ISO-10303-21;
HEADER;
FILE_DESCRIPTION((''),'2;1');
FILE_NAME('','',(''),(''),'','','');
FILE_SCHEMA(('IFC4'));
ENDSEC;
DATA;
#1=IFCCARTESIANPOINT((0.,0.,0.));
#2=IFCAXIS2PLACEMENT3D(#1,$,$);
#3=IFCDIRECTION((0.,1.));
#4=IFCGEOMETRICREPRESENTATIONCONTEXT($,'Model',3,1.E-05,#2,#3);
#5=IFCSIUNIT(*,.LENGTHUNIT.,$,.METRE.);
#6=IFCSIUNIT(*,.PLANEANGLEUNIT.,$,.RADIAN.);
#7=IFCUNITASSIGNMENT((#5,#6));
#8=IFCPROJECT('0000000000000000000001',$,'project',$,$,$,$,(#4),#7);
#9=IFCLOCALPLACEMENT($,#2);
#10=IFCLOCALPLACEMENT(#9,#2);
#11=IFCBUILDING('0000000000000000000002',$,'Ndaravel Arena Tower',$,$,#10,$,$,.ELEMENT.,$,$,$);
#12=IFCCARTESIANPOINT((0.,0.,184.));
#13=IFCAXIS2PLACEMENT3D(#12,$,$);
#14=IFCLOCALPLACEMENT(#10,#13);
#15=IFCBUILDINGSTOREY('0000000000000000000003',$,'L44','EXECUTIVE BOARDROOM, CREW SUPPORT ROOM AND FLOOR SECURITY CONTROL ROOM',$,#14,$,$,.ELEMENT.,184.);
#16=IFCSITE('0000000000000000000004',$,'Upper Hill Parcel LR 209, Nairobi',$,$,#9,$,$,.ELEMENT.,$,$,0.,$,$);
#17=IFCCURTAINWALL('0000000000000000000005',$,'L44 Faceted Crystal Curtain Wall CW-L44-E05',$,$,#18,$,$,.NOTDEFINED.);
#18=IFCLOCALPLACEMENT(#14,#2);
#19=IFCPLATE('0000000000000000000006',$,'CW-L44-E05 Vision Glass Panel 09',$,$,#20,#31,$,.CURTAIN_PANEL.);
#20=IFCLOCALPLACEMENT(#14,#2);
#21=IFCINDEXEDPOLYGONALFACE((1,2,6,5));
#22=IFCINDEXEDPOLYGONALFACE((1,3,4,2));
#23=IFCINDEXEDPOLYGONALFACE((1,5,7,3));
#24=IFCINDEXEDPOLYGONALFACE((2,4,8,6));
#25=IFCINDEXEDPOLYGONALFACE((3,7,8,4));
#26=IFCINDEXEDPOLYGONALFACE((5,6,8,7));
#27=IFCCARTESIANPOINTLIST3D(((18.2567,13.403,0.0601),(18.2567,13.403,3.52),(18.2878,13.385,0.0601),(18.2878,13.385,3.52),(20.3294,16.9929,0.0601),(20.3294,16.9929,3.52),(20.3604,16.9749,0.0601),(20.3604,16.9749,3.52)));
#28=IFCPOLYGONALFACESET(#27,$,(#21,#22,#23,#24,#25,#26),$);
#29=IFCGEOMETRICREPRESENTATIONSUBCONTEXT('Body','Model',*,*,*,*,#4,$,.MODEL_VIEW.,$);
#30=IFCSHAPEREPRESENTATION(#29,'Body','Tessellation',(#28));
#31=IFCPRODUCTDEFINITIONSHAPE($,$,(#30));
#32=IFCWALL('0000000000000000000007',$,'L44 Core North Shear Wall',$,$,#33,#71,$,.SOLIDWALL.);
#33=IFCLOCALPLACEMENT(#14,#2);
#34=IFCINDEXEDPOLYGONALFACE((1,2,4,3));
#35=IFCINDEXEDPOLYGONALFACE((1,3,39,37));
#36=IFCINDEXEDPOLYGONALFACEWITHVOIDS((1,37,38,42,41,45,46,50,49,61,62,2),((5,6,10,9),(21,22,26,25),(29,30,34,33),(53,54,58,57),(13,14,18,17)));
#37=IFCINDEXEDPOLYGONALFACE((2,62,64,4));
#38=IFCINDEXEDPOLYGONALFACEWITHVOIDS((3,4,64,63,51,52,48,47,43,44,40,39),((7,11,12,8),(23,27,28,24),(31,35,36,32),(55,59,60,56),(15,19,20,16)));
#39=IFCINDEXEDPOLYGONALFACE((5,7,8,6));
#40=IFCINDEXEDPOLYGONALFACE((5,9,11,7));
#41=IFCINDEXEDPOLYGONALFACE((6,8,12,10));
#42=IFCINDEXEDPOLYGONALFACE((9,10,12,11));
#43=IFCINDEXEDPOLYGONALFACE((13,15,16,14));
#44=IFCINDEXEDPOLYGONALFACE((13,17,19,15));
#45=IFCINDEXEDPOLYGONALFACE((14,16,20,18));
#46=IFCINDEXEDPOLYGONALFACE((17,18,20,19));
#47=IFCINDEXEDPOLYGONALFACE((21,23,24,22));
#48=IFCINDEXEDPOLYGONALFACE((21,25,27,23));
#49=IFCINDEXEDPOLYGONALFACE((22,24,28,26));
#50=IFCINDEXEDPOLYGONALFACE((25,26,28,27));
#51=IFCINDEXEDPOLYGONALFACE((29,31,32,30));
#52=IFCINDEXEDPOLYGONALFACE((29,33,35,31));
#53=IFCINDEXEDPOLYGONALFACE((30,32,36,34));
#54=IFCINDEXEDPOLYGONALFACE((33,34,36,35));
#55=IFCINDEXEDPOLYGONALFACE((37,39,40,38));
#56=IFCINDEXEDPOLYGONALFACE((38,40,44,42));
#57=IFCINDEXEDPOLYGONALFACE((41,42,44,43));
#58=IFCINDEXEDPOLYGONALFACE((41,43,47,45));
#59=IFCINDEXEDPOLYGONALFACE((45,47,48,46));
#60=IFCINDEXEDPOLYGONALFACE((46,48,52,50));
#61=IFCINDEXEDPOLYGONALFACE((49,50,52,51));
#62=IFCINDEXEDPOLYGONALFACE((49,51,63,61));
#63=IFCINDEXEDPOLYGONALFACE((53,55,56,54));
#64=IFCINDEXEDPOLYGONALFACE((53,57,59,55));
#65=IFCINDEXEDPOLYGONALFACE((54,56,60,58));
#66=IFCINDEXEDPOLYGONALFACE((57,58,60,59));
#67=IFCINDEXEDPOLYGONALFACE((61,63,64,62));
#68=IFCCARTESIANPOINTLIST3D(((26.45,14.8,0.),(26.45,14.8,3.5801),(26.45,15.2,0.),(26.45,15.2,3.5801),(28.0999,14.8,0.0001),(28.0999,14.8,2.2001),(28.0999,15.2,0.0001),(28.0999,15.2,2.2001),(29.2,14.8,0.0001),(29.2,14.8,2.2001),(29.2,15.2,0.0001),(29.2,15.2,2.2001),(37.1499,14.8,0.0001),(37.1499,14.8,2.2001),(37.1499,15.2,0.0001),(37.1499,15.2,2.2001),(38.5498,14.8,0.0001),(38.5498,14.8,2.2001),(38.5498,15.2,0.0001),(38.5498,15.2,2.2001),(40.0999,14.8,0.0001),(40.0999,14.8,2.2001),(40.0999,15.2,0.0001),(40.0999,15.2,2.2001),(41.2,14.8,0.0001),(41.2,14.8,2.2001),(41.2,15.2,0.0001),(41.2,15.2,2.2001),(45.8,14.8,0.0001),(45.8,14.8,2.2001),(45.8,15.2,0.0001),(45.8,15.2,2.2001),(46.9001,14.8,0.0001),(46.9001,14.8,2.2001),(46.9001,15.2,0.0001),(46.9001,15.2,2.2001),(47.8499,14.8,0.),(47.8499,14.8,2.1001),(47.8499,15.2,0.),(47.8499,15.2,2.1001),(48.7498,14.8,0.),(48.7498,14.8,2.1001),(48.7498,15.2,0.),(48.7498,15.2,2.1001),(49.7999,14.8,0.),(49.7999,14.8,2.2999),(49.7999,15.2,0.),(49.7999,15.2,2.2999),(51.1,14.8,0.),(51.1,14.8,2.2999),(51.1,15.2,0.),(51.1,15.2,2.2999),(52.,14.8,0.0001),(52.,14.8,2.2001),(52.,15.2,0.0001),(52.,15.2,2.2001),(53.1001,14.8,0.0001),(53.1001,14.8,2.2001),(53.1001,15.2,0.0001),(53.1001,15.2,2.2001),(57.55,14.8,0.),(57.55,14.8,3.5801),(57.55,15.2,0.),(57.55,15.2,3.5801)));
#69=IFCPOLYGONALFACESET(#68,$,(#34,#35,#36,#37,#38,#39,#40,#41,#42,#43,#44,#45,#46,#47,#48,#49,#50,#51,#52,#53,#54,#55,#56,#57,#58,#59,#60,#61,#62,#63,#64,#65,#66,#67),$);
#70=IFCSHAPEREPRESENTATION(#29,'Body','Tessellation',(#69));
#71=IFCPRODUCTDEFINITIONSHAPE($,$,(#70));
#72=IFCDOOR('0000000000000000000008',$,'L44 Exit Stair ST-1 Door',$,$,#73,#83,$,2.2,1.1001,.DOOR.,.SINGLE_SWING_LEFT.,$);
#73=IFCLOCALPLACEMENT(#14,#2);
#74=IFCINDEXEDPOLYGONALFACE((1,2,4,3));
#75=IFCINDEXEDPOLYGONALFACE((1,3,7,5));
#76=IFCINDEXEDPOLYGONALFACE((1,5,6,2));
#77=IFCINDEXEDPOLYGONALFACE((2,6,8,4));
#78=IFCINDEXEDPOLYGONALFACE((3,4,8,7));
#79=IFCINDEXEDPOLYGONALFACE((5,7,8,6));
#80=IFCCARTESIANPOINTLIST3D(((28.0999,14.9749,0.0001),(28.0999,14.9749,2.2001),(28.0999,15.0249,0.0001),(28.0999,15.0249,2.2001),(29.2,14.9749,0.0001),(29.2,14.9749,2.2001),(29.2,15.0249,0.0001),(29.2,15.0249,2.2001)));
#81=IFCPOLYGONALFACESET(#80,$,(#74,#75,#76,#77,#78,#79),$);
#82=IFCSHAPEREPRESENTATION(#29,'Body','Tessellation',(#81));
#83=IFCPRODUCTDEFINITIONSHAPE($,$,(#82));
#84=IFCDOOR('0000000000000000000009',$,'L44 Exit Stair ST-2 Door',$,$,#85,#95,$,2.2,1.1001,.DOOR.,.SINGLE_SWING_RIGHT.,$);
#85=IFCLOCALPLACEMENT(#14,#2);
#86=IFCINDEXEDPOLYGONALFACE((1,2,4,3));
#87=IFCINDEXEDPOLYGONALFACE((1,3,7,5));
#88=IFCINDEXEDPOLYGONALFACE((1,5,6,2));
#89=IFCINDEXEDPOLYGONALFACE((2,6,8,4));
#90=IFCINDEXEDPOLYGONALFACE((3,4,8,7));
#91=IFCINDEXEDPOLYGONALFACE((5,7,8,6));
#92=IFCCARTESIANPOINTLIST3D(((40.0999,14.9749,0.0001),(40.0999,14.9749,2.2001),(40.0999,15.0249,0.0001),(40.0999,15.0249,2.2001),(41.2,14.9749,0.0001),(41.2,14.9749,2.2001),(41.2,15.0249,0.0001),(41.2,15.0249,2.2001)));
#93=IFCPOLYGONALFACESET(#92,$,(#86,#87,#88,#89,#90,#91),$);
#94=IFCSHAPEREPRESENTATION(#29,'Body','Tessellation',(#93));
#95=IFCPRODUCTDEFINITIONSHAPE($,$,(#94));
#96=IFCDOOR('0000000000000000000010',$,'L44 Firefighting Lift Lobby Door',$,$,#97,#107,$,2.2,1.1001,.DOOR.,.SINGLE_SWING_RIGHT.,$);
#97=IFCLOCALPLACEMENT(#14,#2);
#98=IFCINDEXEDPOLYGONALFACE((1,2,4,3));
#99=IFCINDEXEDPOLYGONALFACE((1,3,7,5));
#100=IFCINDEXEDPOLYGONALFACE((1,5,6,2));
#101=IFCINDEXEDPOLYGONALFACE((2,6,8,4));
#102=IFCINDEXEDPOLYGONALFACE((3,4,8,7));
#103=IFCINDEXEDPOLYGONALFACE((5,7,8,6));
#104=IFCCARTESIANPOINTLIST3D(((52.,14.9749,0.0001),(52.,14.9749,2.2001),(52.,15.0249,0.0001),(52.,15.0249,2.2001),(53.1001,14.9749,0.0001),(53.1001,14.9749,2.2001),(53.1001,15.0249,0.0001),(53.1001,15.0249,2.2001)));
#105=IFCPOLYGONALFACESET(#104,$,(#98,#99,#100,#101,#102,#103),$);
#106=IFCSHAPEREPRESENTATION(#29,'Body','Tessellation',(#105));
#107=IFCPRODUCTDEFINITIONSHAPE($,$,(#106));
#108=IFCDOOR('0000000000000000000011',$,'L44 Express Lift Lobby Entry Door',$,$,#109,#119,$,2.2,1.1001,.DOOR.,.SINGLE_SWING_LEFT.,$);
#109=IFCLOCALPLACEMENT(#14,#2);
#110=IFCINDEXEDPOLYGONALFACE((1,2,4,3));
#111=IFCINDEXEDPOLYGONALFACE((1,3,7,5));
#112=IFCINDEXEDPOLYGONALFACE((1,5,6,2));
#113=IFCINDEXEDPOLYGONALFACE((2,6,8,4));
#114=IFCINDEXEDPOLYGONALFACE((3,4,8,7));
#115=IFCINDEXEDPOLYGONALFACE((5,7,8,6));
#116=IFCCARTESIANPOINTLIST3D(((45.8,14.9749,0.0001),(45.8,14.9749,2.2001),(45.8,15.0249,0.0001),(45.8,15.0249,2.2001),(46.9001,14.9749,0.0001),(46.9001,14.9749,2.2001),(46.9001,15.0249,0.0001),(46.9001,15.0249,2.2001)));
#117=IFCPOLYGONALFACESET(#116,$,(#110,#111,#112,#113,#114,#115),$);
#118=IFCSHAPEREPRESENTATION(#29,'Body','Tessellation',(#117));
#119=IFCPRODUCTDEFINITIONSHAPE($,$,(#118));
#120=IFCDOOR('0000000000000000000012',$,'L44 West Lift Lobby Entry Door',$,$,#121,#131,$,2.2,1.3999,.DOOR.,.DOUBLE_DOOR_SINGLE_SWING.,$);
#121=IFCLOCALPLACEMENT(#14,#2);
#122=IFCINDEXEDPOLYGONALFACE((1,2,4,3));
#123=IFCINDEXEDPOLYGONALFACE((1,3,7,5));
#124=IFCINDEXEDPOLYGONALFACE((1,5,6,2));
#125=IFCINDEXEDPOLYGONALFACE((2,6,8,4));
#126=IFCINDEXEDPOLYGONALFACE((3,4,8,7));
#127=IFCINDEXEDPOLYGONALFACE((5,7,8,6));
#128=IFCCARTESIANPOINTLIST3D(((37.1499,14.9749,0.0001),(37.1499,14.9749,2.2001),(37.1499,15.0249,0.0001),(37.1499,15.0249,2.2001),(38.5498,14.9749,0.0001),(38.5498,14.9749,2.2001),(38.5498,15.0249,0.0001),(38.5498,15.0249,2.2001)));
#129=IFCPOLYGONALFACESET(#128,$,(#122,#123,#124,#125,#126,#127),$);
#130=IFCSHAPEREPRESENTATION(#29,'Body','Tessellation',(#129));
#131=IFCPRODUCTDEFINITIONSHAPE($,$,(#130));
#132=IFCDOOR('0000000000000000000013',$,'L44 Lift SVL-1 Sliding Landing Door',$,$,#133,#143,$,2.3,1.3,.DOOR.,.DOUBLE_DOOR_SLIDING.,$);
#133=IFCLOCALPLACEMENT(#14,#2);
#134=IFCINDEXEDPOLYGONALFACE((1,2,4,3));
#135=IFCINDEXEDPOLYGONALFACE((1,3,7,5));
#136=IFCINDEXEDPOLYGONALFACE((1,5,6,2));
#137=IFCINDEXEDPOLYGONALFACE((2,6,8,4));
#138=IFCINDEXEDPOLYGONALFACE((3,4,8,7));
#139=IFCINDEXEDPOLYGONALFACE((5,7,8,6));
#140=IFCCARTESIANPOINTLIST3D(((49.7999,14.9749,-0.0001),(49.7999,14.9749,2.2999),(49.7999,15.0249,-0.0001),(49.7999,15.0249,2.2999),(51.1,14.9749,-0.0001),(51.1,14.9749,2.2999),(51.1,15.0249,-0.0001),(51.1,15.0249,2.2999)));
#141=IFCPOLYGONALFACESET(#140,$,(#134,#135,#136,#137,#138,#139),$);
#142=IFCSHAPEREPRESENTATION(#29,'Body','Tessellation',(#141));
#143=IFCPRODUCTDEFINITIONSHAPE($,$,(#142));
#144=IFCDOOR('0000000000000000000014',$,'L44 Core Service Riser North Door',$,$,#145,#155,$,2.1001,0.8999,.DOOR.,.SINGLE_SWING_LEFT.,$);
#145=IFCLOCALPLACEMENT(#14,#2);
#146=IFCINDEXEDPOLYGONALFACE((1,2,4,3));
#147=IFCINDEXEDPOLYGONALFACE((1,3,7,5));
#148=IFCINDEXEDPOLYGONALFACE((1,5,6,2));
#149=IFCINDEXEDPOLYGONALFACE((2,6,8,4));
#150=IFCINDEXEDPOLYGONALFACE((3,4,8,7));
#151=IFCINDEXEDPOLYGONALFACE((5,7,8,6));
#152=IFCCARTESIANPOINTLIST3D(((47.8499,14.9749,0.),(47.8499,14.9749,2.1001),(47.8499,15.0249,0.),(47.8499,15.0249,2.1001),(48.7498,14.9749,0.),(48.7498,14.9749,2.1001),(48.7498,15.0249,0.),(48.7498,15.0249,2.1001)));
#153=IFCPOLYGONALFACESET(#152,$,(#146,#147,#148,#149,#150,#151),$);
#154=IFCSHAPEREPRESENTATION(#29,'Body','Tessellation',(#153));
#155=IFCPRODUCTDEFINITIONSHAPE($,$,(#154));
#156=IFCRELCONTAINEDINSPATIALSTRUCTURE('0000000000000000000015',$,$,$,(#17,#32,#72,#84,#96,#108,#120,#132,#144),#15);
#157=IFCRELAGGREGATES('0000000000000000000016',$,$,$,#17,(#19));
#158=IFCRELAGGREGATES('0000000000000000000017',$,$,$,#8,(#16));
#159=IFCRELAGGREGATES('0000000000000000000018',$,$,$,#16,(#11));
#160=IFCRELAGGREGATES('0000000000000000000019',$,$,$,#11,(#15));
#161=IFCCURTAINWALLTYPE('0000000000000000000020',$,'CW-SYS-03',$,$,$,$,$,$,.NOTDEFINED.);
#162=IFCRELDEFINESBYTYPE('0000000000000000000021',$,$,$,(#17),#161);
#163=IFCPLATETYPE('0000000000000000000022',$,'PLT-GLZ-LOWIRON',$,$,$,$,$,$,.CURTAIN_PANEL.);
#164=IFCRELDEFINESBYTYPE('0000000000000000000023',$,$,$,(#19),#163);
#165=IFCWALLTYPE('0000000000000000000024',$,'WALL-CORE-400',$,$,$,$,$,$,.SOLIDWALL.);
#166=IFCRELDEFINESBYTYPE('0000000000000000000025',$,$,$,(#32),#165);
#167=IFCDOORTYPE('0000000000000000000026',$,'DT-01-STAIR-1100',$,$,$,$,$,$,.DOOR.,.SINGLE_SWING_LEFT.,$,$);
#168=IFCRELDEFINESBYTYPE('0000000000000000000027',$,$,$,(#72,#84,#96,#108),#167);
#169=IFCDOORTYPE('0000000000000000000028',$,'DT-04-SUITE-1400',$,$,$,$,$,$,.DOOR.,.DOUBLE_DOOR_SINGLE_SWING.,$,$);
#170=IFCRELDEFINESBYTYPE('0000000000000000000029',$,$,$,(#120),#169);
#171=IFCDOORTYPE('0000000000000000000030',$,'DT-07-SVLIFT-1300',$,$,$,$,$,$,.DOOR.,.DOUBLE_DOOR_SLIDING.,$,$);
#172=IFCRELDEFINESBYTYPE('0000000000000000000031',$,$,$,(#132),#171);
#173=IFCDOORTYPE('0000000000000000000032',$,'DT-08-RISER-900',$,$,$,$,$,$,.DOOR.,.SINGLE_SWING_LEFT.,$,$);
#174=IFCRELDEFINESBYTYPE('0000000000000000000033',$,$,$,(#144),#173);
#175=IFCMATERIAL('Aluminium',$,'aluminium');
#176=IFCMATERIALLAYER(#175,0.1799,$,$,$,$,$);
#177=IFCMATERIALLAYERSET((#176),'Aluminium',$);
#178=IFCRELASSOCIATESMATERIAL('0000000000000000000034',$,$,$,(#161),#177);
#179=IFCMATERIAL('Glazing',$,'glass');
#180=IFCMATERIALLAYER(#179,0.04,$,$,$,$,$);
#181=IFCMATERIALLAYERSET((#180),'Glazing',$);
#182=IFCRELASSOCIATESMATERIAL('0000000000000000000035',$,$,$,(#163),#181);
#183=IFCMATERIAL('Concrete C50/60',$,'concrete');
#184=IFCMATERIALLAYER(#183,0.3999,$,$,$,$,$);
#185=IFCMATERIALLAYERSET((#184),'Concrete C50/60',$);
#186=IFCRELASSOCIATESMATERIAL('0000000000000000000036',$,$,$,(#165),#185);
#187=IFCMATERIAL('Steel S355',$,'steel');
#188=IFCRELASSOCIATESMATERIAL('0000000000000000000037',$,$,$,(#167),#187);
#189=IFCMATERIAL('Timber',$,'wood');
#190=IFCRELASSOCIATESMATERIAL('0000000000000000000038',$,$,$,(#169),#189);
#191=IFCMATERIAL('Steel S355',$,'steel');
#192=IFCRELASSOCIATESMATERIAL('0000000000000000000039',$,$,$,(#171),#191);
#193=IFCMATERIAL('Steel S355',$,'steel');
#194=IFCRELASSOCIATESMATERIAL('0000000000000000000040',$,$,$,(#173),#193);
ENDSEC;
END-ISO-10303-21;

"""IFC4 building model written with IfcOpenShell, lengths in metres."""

from ifc_helpers import new_model, si_unit, direction, frame, frame_2d, origin, origin_2d, place, context, subcontext, project, spatial, rectangle, extrude, material, layer, layer_set, type_object, element, fill, aggregate, save


model = new_model("IFC4")

# Units and contexts
model_context = context("Model", 3, precision=1e-05, world=origin(), true_north=direction((0.0, 1.0)))
body_context = subcontext(model_context, "Body", "Model", "MODEL_VIEW")
ifc_project = project(units=[si_unit("LENGTHUNIT", "METRE"), si_unit("PLANEANGLEUNIT", "RADIAN")], contexts=[model_context])

# Site, building, storey
site_placement = place(None, origin())
site = spatial("IfcSite", under=ifc_project, at=site_placement, Name="Upper Hill Parcel LR 209, Nairobi", CompositionType="ELEMENT", RefElevation=0.0)
building_placement = place(site_placement, origin())
building = spatial("IfcBuilding", under=site, at=building_placement, Name="Ndaravel Arena Tower", CompositionType="ELEMENT")
storey_placement = place(building_placement, frame((0.0, 0.0, 184.0)))
storey = spatial("IfcBuildingStorey", under=building, at=storey_placement, Name="L44", Description="EXECUTIVE BOARDROOM, CREW SUPPORT ROOM AND FLOOR SECURITY CONTROL ROOM", CompositionType="ELEMENT", Elevation=184.0)

# Curtain wall, plate
ifc_material_1 = material(Name="Aluminium", Category="aluminium")
ifc_layer_1 = layer(ifc_material_1, 0.1799)
ifc_layer_set_1 = layer_set([ifc_layer_1], Name="Aluminium")
curtain_wall_type = type_object("IfcCurtainWallType", Name="CW-SYS-03", PredefinedType="NOTDEFINED", material=ifc_layer_set_1)
curtain_wall_placement = place(storey_placement, origin())
curtain_wall = element("IfcCurtainWall", 1, at=curtain_wall_placement, inside=storey, type_object=curtain_wall_type, Name="L44 Faceted Crystal Curtain Wall CW-L44-E05", PredefinedType="NOTDEFINED")
ifc_material_2 = material(Name="Glazing", Category="glass")
ifc_layer_2 = layer(ifc_material_2, 0.04)
ifc_layer_set_2 = layer_set([ifc_layer_2], Name="Glazing")
plate_type = type_object("IfcPlateType", Name="PLT-GLZ-LOWIRON", PredefinedType="CURTAIN_PANEL", material=ifc_layer_set_2)
plate_1_placement = place(storey_placement, frame((19.3086, 15.189, 0.0601), z_axis=(0.0, 0.0, 1.0), x_axis=(-0.5, -0.866025, 0.0)))
plate_1 = element("IfcPlate", 2, at=plate_1_placement, type_object=plate_type, Name="CW-L44-E05 Vision Glass Panel 09", PredefinedType="CURTAIN_PANEL", context=body_context, shape_type="SweptSolid", body=[
    extrude(rectangle(XDim=4.1453, YDim=0.0359, at=origin_2d()), origin(), (0.0, 0.0, 1.0), 3.46),
])
aggregate(curtain_wall, [plate_1])

# Wall, openings, doors
ifc_material_3 = material(Name="Concrete C50/60", Category="concrete")
ifc_layer_3 = layer(ifc_material_3, 0.3999)
ifc_layer_set_3 = layer_set([ifc_layer_3], Name="Concrete C50/60")
wall_type_1 = type_object("IfcWallType", Name="WALL-CORE-400", PredefinedType="SOLIDWALL", material=ifc_layer_set_3)
wall_1_placement = place(storey_placement, frame((26.45, 15.0, 0.0), z_axis=(0.0, 0.0, 1.0), x_axis=(1.0, 0.0, 0.0)))
wall_1 = element("IfcWall", 3, at=wall_1_placement, inside=storey, type_object=wall_type_1, Name="L44 Core North Shear Wall", PredefinedType="SOLIDWALL", context=body_context, shape_type="SweptSolid", body=[
    extrude(rectangle(XDim=31.1001, YDim=0.3999, at=frame_2d((15.55, 0.0))), origin(), (0.0, 0.0, 1.0), 3.5801),
])
opening_1_placement = place(wall_1_placement, frame((1.6499, 0.0, 0.0)))
opening_1 = element("IfcOpeningElement", 4, at=opening_1_placement, cuts=wall_1, PredefinedType="OPENING", context=body_context, shape_type="SweptSolid", body=[
    extrude(rectangle(XDim=1.1001, YDim=2.2, at=frame_2d((0.55, 1.1001))), frame((0.0, 0.2, 0.0), z_axis=(0.0, -1.0, 0.0), x_axis=(1.0, 0.0, 0.0)), (0.0, 0.0, 1.0), 0.3999),
])
opening_2_placement = place(wall_1_placement, frame((13.6499, 0.0, 0.0)))
opening_2 = element("IfcOpeningElement", 5, at=opening_2_placement, cuts=wall_1, PredefinedType="OPENING", context=body_context, shape_type="SweptSolid", body=[
    extrude(rectangle(XDim=1.1001, YDim=2.2, at=frame_2d((0.55, 1.1001))), frame((0.0, 0.2, 0.0), z_axis=(0.0, -1.0, 0.0), x_axis=(1.0, 0.0, 0.0)), (0.0, 0.0, 1.0), 0.3999),
])
opening_3_placement = place(wall_1_placement, frame((25.55, 0.0, 0.0)))
opening_3 = element("IfcOpeningElement", 6, at=opening_3_placement, cuts=wall_1, PredefinedType="OPENING", context=body_context, shape_type="SweptSolid", body=[
    extrude(rectangle(XDim=1.1001, YDim=2.2, at=frame_2d((0.55, 1.1001))), frame((0.0, 0.2, 0.0), z_axis=(0.0, -1.0, 0.0), x_axis=(1.0, 0.0, 0.0)), (0.0, 0.0, 1.0), 0.3999),
])
opening_4_placement = place(wall_1_placement, frame((10.7, 0.0, 0.0)))
opening_4 = element("IfcOpeningElement", 7, at=opening_4_placement, cuts=wall_1, PredefinedType="OPENING", context=body_context, shape_type="SweptSolid", body=[
    extrude(rectangle(XDim=1.3999, YDim=2.2, at=frame_2d((0.7, 1.1001))), frame((0.0, 0.2, 0.0), z_axis=(0.0, -1.0, 0.0), x_axis=(1.0, 0.0, 0.0)), (0.0, 0.0, 1.0), 0.3999),
])
opening_5_placement = place(wall_1_placement, frame((19.3501, 0.0, 0.0)))
opening_5 = element("IfcOpeningElement", 8, at=opening_5_placement, cuts=wall_1, PredefinedType="OPENING", context=body_context, shape_type="SweptSolid", body=[
    extrude(rectangle(XDim=1.1001, YDim=2.2, at=frame_2d((0.55, 1.1001))), frame((0.0, 0.2, 0.0), z_axis=(0.0, -1.0, 0.0), x_axis=(1.0, 0.0, 0.0)), (0.0, 0.0, 1.0), 0.3999),
])
opening_6_placement = place(wall_1_placement, frame((21.3999, 0.0, 0.0)))
opening_6 = element("IfcOpeningElement", 9, at=opening_6_placement, cuts=wall_1, PredefinedType="OPENING", context=body_context, shape_type="SweptSolid", body=[
    extrude(rectangle(XDim=0.8999, YDim=2.1001, at=frame_2d((0.45, 1.05))), frame((0.0, 0.2, 0.0), z_axis=(0.0, -1.0, 0.0), x_axis=(1.0, 0.0, 0.0)), (0.0, 0.0, 1.0), 0.3999),
])
opening_7_placement = place(wall_1_placement, frame((23.3501, 0.0, 0.0)))
opening_7 = element("IfcOpeningElement", 10, at=opening_7_placement, cuts=wall_1, PredefinedType="OPENING", context=body_context, shape_type="SweptSolid", body=[
    extrude(rectangle(XDim=1.3, YDim=2.3, at=frame_2d((0.6499, 1.1499))), frame((0.0, 0.2, 0.0), z_axis=(0.0, -1.0, 0.0), x_axis=(1.0, 0.0, 0.0)), (0.0, 0.0, 1.0), 0.3999),
])
ifc_material_4 = material(Name="Steel S355", Category="steel")
door_type_1 = type_object("IfcDoorType", Name="DT-01-STAIR-1100", OperationType="SINGLE_SWING_LEFT", PredefinedType="DOOR", material=ifc_material_4)
door_1_placement = place(opening_1_placement, origin())
door_1 = element("IfcDoor", 11, at=door_1_placement, inside=storey, type_object=door_type_1, Name="L44 Exit Stair ST-1 Door", OperationType="SINGLE_SWING_LEFT", OverallHeight=2.2, OverallWidth=1.1001, PredefinedType="DOOR", context=body_context, shape_type="SweptSolid", body=[
    extrude(rectangle(XDim=1.1001, YDim=2.2, at=frame_2d((0.55, 1.1001))), frame((0.0, 0.0249, 0.0), z_axis=(0.0, -1.0, 0.0), x_axis=(1.0, 0.0, 0.0)), (0.0, 0.0, 1.0), 0.05),
])
fill(opening_1, door_1)
door_2_placement = place(opening_2_placement, origin())
door_2 = element("IfcDoor", 12, at=door_2_placement, inside=storey, type_object=door_type_1, Name="L44 Exit Stair ST-2 Door", OperationType="SINGLE_SWING_RIGHT", OverallHeight=2.2, OverallWidth=1.1001, PredefinedType="DOOR", context=body_context, shape_type="SweptSolid", body=[
    extrude(rectangle(XDim=1.1001, YDim=2.2, at=frame_2d((0.55, 1.1001))), frame((0.0, 0.0249, 0.0), z_axis=(0.0, -1.0, 0.0), x_axis=(1.0, 0.0, 0.0)), (0.0, 0.0, 1.0), 0.05),
])
fill(opening_2, door_2)
door_3_placement = place(opening_3_placement, origin())
door_3 = element("IfcDoor", 13, at=door_3_placement, inside=storey, type_object=door_type_1, Name="L44 Firefighting Lift Lobby Door", OperationType="SINGLE_SWING_RIGHT", OverallHeight=2.2, OverallWidth=1.1001, PredefinedType="DOOR", context=body_context, shape_type="SweptSolid", body=[
    extrude(rectangle(XDim=1.1001, YDim=2.2, at=frame_2d((0.55, 1.1001))), frame((0.0, 0.0249, 0.0), z_axis=(0.0, -1.0, 0.0), x_axis=(1.0, 0.0, 0.0)), (0.0, 0.0, 1.0), 0.05),
])
fill(opening_3, door_3)
door_4_placement = place(opening_5_placement, origin())
door_4 = element("IfcDoor", 14, at=door_4_placement, inside=storey, type_object=door_type_1, Name="L44 Express Lift Lobby Entry Door", OperationType="SINGLE_SWING_LEFT", OverallHeight=2.2, OverallWidth=1.1001, PredefinedType="DOOR", context=body_context, shape_type="SweptSolid", body=[
    extrude(rectangle(XDim=1.1001, YDim=2.2, at=frame_2d((0.55, 1.1001))), frame((0.0, 0.0249, 0.0), z_axis=(0.0, -1.0, 0.0), x_axis=(1.0, 0.0, 0.0)), (0.0, 0.0, 1.0), 0.05),
])
fill(opening_5, door_4)
ifc_material_5 = material(Name="Timber", Category="wood")
door_type_2 = type_object("IfcDoorType", Name="DT-04-SUITE-1400", OperationType="DOUBLE_DOOR_SINGLE_SWING", PredefinedType="DOOR", material=ifc_material_5)
door_5_placement = place(opening_4_placement, origin())
door_5 = element("IfcDoor", 15, at=door_5_placement, inside=storey, type_object=door_type_2, Name="L44 West Lift Lobby Entry Door", OperationType="DOUBLE_DOOR_SINGLE_SWING", OverallHeight=2.2, OverallWidth=1.3999, PredefinedType="DOOR", context=body_context, shape_type="SweptSolid", body=[
    extrude(rectangle(XDim=1.3999, YDim=2.2, at=frame_2d((0.7, 1.1001))), frame((0.0, 0.0249, 0.0), z_axis=(0.0, -1.0, 0.0), x_axis=(1.0, 0.0, 0.0)), (0.0, 0.0, 1.0), 0.05),
])
fill(opening_4, door_5)
ifc_material_6 = material(Name="Steel S355", Category="steel")
door_type_3 = type_object("IfcDoorType", Name="DT-07-SVLIFT-1300", OperationType="DOUBLE_DOOR_SLIDING", PredefinedType="DOOR", material=ifc_material_6)
door_6_placement = place(opening_7_placement, origin())
door_6 = element("IfcDoor", 16, at=door_6_placement, inside=storey, type_object=door_type_3, Name="L44 Lift SVL-1 Sliding Landing Door", OperationType="DOUBLE_DOOR_SLIDING", OverallHeight=2.3, OverallWidth=1.3, PredefinedType="DOOR", context=body_context, shape_type="SweptSolid", body=[
    extrude(rectangle(XDim=1.3, YDim=2.3, at=frame_2d((0.6499, 1.1499))), frame((0.0, 0.0249, 0.0), z_axis=(0.0, -1.0, 0.0), x_axis=(1.0, 0.0, 0.0)), (0.0, 0.0, 1.0), 0.05),
])
fill(opening_7, door_6)
ifc_material_7 = material(Name="Steel S355", Category="steel")
door_type_4 = type_object("IfcDoorType", Name="DT-08-RISER-900", OperationType="SINGLE_SWING_LEFT", PredefinedType="DOOR", material=ifc_material_7)
door_7_placement = place(opening_6_placement, origin())
door_7 = element("IfcDoor", 17, at=door_7_placement, inside=storey, type_object=door_type_4, Name="L44 Core Service Riser North Door", OperationType="SINGLE_SWING_LEFT", OverallHeight=2.1001, OverallWidth=0.8999, PredefinedType="DOOR", context=body_context, shape_type="SweptSolid", body=[
    extrude(rectangle(XDim=0.8999, YDim=2.1001, at=frame_2d((0.45, 1.05))), frame((0.0, 0.0249, 0.0), z_axis=(0.0, -1.0, 0.0), x_axis=(1.0, 0.0, 0.0)), (0.0, 0.0, 1.0), 0.05),
])
fill(opening_6, door_7)

save(model, "model.ifc")
